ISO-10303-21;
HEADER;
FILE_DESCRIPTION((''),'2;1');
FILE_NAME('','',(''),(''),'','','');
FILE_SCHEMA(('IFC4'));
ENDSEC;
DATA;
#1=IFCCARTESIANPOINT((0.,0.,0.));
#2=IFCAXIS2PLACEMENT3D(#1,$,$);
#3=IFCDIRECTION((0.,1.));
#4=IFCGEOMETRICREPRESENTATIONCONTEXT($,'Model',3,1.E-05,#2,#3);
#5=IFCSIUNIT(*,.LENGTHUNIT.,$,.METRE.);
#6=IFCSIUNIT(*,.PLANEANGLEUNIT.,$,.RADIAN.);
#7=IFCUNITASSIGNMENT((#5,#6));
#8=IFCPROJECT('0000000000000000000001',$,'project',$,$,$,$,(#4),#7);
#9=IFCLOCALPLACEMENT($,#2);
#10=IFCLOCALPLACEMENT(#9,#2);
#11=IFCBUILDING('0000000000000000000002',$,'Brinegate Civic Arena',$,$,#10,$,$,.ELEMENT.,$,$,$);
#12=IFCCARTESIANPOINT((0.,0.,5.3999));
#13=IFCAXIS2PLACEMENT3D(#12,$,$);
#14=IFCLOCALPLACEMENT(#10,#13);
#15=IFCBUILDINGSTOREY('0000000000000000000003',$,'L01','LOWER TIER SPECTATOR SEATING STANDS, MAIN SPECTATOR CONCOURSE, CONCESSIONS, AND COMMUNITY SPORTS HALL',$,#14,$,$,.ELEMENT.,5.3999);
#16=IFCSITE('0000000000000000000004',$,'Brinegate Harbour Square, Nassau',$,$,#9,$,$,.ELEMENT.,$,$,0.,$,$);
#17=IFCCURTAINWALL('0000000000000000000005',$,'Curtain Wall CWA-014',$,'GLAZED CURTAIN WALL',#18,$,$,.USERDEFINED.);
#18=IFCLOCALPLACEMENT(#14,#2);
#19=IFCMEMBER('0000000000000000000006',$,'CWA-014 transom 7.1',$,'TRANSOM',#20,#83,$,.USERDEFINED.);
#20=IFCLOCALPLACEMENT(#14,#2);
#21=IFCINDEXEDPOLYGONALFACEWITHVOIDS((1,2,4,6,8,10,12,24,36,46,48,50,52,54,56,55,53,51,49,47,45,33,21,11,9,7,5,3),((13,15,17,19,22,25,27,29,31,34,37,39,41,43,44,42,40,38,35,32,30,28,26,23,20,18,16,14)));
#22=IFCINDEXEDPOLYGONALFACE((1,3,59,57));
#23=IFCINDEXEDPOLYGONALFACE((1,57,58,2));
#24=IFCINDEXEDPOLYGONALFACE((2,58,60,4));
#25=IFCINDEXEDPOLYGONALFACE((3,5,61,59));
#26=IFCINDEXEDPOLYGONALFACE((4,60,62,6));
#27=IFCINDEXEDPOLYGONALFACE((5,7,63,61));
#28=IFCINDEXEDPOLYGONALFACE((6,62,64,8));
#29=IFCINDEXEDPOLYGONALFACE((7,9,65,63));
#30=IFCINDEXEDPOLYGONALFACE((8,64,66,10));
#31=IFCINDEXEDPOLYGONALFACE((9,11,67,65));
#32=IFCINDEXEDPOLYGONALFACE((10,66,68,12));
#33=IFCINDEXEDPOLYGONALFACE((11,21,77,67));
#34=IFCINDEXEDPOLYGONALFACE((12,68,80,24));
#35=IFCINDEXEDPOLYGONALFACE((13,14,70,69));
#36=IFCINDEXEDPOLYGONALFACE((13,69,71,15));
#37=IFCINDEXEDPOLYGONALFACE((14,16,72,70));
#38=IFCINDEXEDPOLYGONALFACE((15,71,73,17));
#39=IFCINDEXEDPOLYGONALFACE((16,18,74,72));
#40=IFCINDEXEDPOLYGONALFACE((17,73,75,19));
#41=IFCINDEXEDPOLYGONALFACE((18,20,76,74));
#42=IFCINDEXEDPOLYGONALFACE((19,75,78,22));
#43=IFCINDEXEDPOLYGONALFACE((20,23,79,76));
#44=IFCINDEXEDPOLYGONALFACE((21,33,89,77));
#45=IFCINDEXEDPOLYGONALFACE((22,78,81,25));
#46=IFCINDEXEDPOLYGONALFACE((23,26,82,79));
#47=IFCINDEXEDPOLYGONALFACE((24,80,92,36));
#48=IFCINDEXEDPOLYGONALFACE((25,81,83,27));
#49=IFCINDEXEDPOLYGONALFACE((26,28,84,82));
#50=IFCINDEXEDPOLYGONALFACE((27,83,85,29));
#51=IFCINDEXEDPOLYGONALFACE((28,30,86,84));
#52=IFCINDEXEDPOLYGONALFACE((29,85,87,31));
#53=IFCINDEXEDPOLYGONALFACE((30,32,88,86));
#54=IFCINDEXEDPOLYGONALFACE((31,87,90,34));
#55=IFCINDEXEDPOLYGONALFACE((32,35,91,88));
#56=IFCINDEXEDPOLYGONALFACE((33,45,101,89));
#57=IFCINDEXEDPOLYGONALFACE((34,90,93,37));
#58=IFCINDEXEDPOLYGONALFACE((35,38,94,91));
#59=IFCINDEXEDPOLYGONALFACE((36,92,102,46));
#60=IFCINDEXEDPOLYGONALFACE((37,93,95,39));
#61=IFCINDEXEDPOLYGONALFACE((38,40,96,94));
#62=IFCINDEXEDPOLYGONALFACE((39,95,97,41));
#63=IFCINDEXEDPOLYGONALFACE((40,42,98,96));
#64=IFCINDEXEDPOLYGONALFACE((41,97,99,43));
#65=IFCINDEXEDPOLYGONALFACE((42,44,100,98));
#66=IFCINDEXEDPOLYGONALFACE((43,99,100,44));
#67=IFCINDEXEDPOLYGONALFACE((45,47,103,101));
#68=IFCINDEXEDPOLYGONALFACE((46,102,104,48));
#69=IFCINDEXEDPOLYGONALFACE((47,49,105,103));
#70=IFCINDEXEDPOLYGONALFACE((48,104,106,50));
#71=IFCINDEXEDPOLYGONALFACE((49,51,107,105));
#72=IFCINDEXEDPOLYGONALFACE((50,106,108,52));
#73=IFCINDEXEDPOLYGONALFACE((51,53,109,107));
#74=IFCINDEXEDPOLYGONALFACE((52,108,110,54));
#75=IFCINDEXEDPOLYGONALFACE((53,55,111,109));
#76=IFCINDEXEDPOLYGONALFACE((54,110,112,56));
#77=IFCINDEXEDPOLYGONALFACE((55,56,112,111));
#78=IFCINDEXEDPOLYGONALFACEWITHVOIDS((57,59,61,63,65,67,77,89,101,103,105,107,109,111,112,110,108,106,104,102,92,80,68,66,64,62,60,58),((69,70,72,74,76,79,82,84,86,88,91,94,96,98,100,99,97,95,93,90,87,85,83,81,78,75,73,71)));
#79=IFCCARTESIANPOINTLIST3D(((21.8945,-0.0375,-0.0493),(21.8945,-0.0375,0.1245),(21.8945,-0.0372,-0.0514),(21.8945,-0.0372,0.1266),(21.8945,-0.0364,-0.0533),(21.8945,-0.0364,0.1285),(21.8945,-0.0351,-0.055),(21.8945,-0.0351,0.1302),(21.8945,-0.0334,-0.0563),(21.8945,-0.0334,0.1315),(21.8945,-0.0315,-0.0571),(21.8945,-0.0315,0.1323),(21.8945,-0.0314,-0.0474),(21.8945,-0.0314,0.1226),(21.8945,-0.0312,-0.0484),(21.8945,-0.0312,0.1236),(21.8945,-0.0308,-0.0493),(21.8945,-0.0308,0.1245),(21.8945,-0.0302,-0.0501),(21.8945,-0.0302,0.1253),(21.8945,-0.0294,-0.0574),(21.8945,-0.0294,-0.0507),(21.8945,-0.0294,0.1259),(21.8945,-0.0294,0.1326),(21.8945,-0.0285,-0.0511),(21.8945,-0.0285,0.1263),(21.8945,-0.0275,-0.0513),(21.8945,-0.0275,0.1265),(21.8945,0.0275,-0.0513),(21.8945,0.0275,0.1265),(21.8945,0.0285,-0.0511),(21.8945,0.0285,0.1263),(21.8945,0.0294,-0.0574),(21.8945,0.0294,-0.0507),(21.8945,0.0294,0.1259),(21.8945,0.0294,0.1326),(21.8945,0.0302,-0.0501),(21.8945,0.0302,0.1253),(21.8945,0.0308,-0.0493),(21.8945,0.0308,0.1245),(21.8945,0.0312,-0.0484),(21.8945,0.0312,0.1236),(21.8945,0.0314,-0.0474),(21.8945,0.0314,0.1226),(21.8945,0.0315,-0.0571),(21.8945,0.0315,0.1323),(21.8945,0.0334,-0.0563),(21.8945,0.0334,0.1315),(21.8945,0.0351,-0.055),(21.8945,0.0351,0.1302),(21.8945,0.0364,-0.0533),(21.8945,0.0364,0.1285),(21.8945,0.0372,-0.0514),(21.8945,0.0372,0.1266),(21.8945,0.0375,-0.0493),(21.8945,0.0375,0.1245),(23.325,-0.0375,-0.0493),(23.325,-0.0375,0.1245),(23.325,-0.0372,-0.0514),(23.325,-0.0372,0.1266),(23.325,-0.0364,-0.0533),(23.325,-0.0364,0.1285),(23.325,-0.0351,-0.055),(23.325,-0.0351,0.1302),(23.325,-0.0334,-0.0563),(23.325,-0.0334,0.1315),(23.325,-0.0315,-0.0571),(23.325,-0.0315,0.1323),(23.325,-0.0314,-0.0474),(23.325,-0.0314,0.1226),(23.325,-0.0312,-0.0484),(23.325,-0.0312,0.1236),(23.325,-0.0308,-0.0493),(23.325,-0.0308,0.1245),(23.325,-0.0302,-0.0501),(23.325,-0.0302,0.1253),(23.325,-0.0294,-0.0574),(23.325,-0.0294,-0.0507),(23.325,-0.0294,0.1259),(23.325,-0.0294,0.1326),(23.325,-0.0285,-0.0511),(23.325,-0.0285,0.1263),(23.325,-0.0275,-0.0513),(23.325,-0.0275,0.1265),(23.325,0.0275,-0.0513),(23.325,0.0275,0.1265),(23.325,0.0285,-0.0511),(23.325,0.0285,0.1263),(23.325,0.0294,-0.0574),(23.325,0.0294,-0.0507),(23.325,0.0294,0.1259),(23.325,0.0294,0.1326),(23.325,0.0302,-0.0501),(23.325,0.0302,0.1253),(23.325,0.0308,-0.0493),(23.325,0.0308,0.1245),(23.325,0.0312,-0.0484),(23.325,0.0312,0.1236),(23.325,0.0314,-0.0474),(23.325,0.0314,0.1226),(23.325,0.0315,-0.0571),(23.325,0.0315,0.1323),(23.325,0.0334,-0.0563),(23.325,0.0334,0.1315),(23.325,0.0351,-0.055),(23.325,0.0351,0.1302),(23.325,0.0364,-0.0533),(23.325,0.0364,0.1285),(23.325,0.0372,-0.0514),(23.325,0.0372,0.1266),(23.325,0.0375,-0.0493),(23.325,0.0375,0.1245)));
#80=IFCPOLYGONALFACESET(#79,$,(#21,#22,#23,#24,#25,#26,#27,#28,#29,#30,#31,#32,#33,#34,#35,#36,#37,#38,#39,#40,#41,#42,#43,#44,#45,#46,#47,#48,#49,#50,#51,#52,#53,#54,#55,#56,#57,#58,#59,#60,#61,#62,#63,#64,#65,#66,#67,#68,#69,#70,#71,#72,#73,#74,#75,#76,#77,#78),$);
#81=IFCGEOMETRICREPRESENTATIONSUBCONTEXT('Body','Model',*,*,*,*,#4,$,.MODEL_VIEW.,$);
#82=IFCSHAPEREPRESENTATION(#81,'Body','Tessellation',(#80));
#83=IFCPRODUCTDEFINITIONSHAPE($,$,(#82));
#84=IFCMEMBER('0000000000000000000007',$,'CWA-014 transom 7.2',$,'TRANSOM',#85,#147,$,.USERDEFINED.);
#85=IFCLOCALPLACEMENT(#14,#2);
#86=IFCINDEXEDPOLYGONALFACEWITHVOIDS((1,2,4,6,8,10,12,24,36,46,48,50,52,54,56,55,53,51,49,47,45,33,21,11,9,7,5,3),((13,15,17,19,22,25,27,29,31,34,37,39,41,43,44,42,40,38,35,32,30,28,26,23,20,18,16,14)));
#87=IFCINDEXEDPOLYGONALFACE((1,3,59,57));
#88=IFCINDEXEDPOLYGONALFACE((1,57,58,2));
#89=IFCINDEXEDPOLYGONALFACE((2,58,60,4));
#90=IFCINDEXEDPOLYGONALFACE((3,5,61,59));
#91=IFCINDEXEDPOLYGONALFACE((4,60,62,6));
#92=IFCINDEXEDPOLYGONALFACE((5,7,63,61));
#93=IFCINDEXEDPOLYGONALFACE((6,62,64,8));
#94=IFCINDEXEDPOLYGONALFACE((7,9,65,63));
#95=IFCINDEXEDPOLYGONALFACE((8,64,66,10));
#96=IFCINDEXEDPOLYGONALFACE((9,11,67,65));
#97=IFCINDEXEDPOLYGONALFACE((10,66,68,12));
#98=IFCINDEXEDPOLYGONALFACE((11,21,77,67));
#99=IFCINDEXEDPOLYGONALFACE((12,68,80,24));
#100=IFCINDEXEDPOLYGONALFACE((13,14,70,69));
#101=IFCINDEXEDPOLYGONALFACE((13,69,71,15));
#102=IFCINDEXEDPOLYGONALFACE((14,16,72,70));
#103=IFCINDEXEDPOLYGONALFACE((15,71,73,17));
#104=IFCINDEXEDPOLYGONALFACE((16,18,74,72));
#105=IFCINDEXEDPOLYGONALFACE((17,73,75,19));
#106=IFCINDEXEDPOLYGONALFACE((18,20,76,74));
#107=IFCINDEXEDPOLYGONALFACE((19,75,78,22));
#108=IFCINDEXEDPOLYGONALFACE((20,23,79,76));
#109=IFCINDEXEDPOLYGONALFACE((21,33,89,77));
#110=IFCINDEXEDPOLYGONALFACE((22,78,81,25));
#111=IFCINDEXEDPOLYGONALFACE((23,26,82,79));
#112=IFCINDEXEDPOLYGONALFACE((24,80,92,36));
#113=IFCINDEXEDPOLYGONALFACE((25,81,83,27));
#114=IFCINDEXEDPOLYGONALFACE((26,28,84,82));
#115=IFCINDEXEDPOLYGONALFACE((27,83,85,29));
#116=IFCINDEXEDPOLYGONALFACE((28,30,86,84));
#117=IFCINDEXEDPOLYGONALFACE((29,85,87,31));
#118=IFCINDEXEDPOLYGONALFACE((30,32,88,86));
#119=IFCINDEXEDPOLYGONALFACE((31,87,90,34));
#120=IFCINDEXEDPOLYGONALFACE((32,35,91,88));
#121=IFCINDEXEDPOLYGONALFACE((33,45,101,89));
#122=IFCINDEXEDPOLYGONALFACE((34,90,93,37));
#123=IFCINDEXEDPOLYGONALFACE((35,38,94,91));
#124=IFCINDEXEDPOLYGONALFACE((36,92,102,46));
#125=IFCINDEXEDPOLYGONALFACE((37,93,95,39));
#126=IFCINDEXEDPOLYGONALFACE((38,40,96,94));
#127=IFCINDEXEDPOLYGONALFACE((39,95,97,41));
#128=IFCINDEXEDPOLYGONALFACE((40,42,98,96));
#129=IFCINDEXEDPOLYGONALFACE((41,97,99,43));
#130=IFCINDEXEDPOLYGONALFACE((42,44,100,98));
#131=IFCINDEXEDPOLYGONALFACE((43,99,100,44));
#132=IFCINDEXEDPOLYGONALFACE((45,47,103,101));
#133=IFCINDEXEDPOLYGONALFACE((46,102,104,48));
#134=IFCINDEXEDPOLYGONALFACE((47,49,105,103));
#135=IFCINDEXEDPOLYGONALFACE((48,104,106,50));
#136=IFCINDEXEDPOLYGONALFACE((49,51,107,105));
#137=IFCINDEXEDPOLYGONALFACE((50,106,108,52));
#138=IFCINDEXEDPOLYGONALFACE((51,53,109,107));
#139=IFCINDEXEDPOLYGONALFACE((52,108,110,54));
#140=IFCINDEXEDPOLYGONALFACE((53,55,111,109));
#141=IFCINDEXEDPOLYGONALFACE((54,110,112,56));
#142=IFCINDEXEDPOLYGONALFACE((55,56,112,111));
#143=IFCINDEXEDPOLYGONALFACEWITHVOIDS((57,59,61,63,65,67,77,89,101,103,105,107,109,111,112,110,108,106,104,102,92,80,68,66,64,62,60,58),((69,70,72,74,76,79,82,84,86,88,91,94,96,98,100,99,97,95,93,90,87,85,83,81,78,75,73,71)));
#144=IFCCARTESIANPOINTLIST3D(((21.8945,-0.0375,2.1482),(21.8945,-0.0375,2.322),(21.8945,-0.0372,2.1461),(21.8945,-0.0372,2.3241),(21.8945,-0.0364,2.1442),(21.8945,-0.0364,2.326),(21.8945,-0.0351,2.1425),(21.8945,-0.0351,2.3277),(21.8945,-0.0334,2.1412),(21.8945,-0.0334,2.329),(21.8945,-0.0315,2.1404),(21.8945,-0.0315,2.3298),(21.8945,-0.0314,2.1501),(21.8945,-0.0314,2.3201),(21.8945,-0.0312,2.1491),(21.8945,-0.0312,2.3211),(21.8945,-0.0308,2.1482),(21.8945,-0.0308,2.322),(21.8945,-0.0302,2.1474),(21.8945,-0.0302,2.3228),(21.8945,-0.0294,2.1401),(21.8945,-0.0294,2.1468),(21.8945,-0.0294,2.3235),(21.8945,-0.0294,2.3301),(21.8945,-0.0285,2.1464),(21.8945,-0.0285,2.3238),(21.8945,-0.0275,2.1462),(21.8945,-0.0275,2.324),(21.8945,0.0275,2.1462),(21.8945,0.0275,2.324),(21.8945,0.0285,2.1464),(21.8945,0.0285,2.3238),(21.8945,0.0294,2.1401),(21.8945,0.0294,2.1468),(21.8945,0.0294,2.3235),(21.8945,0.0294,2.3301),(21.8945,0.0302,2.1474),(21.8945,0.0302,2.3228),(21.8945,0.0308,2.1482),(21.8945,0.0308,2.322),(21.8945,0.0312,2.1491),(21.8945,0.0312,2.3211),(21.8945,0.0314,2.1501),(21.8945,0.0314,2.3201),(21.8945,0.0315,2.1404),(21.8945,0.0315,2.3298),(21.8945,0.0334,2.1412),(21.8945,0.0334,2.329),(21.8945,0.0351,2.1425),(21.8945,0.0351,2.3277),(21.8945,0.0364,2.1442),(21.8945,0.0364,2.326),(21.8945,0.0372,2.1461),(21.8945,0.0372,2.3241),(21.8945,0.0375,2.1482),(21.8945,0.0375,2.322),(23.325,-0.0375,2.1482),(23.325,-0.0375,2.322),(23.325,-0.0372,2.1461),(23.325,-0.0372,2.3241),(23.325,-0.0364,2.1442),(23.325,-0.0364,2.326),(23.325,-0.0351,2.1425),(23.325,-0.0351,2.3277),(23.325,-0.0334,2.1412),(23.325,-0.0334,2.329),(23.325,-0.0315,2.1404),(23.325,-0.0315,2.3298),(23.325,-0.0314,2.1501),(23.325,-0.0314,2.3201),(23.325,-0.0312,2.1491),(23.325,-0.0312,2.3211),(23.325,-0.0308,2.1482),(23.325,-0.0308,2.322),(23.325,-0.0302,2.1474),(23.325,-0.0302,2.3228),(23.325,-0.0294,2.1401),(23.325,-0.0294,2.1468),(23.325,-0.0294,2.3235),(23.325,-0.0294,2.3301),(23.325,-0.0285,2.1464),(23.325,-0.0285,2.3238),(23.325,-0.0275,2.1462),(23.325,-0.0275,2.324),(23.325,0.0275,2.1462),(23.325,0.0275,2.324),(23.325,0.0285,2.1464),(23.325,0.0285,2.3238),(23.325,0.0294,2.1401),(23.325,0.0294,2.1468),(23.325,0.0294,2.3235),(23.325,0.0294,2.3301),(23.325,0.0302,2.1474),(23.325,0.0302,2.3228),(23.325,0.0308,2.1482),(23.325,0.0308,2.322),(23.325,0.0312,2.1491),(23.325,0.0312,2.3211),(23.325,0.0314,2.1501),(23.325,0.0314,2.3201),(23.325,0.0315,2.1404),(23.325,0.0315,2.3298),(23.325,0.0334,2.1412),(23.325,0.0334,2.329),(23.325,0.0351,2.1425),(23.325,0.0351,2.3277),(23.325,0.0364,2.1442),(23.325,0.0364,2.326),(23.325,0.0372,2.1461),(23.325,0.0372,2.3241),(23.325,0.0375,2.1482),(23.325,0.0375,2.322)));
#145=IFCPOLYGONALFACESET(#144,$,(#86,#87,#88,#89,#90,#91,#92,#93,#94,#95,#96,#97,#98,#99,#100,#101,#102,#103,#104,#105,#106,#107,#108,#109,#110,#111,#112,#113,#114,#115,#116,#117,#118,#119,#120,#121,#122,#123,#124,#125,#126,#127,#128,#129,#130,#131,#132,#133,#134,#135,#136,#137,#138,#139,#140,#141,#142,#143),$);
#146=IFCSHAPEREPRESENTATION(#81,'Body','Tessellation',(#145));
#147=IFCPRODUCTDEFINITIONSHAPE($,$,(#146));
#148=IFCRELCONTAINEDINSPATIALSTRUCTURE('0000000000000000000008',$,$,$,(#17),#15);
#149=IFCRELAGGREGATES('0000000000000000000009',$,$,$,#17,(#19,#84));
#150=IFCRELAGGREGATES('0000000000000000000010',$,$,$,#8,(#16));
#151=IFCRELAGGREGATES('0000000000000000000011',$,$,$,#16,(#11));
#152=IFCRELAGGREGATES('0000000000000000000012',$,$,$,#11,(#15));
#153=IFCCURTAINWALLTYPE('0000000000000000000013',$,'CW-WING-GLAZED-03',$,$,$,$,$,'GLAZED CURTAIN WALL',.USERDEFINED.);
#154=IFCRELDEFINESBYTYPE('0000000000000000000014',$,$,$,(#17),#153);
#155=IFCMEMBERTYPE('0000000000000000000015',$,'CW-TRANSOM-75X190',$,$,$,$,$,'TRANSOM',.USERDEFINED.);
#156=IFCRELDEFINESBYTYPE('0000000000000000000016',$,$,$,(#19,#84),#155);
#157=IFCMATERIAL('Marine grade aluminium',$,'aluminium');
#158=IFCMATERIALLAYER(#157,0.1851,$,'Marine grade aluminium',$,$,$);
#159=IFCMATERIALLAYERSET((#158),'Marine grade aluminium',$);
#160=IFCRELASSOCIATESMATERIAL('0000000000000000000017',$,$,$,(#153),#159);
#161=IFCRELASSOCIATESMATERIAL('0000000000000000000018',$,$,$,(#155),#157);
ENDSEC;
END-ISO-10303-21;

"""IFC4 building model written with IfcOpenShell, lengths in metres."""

from ifc_helpers import new_model, si_unit, direction, frame, origin, origin_2d, place, context, subcontext, project, spatial, hollow_rectangle, extrude, material, layer, layer_set, material_profile, profile_set, type_object, element, aggregate, save


model = new_model("IFC4")

# Units and contexts
model_context = context("Model", 3, precision=1e-05, world=origin(), true_north=direction((0.0, 1.0)))
body_context = subcontext(model_context, "Body", "Model", "MODEL_VIEW")
ifc_project = project(units=[si_unit("LENGTHUNIT", "METRE"), si_unit("PLANEANGLEUNIT", "RADIAN")], contexts=[model_context])

# Site, building, storey
site_placement = place(None, origin())
site = spatial("IfcSite", under=ifc_project, at=site_placement, Name="Brinegate Harbour Square, Nassau", CompositionType="ELEMENT", RefElevation=0.0)
building_placement = place(site_placement, origin())
building = spatial("IfcBuilding", under=site, at=building_placement, Name="Brinegate Civic Arena", CompositionType="ELEMENT")
storey_placement = place(building_placement, frame((0.0, 0.0, 5.3999)))
storey = spatial("IfcBuildingStorey", under=building, at=storey_placement, Name="L01", Description="LOWER TIER SPECTATOR SEATING STANDS, MAIN SPECTATOR CONCOURSE, CONCESSIONS, AND COMMUNITY SPORTS HALL", CompositionType="ELEMENT", Elevation=5.3999)

# Curtain wall, members
ifc_material_1 = material(Name="Marine grade aluminium", Category="aluminium")
ifc_layer_1 = layer(ifc_material_1, 0.1851, Name="Marine grade aluminium")
ifc_layer_set_1 = layer_set([ifc_layer_1], Name="Marine grade aluminium")
curtain_wall_type = type_object("IfcCurtainWallType", Name="CW-WING-GLAZED-03", ElementType="GLAZED CURTAIN WALL", PredefinedType="USERDEFINED", material=ifc_layer_set_1)
curtain_wall_placement = place(storey_placement, origin())
curtain_wall = element("IfcCurtainWall", 1, at=curtain_wall_placement, inside=storey, type_object=curtain_wall_type, Name="Curtain Wall CWA-014", ObjectType="GLAZED CURTAIN WALL", PredefinedType="USERDEFINED")
ifc_material_profile_1 = material_profile(ifc_material_1, hollow_rectangle(XDim=0.075, YDim=0.1899, WallThickness=0.0061, InnerFilletRadius=0.0039, OuterFilletRadius=0.0081, at=origin_2d()), Name="TRN75X190")
ifc_profile_set_1 = profile_set([ifc_material_profile_1], Name="Marine grade aluminium")
member_type_1 = type_object("IfcMemberType", Name="CW-TRANSOM-75X190", ElementType="TRANSOM", PredefinedType="USERDEFINED", material=ifc_profile_set_1)
member_1_placement = place(storey_placement, frame((21.8945, 0.0, 0.0376), z_axis=(1.0, 0.0, 0.0), x_axis=(0.0, 1.0, 0.0)))
member_1 = element("IfcMember", 2, at=member_1_placement, type_object=member_type_1, Name="CWA-014 transom 7.1", ObjectType="TRANSOM", PredefinedType="USERDEFINED", context=body_context, shape_type="SweptSolid", body=[
    extrude(hollow_rectangle(XDim=0.075, YDim=0.1899, WallThickness=0.0061, InnerFilletRadius=0.0039, OuterFilletRadius=0.0081, at=origin_2d()), origin(), (0.0, 0.0, 1.0), 1.4304),
])
member_2_placement = place(storey_placement, frame((21.8945, 0.0, 2.2351), z_axis=(1.0, 0.0, 0.0), x_axis=(0.0, 1.0, 0.0)))
member_2 = element("IfcMember", 3, at=member_2_placement, type_object=member_type_1, Name="CWA-014 transom 7.2", ObjectType="TRANSOM", PredefinedType="USERDEFINED", context=body_context, shape_type="SweptSolid", body=[
    extrude(hollow_rectangle(XDim=0.075, YDim=0.1899, WallThickness=0.0061, InnerFilletRadius=0.0039, OuterFilletRadius=0.0081, at=origin_2d()), origin(), (0.0, 0.0, 1.0), 1.4304),
])

aggregate(curtain_wall, [member_1, member_2])

save(model, "model.ifc")
